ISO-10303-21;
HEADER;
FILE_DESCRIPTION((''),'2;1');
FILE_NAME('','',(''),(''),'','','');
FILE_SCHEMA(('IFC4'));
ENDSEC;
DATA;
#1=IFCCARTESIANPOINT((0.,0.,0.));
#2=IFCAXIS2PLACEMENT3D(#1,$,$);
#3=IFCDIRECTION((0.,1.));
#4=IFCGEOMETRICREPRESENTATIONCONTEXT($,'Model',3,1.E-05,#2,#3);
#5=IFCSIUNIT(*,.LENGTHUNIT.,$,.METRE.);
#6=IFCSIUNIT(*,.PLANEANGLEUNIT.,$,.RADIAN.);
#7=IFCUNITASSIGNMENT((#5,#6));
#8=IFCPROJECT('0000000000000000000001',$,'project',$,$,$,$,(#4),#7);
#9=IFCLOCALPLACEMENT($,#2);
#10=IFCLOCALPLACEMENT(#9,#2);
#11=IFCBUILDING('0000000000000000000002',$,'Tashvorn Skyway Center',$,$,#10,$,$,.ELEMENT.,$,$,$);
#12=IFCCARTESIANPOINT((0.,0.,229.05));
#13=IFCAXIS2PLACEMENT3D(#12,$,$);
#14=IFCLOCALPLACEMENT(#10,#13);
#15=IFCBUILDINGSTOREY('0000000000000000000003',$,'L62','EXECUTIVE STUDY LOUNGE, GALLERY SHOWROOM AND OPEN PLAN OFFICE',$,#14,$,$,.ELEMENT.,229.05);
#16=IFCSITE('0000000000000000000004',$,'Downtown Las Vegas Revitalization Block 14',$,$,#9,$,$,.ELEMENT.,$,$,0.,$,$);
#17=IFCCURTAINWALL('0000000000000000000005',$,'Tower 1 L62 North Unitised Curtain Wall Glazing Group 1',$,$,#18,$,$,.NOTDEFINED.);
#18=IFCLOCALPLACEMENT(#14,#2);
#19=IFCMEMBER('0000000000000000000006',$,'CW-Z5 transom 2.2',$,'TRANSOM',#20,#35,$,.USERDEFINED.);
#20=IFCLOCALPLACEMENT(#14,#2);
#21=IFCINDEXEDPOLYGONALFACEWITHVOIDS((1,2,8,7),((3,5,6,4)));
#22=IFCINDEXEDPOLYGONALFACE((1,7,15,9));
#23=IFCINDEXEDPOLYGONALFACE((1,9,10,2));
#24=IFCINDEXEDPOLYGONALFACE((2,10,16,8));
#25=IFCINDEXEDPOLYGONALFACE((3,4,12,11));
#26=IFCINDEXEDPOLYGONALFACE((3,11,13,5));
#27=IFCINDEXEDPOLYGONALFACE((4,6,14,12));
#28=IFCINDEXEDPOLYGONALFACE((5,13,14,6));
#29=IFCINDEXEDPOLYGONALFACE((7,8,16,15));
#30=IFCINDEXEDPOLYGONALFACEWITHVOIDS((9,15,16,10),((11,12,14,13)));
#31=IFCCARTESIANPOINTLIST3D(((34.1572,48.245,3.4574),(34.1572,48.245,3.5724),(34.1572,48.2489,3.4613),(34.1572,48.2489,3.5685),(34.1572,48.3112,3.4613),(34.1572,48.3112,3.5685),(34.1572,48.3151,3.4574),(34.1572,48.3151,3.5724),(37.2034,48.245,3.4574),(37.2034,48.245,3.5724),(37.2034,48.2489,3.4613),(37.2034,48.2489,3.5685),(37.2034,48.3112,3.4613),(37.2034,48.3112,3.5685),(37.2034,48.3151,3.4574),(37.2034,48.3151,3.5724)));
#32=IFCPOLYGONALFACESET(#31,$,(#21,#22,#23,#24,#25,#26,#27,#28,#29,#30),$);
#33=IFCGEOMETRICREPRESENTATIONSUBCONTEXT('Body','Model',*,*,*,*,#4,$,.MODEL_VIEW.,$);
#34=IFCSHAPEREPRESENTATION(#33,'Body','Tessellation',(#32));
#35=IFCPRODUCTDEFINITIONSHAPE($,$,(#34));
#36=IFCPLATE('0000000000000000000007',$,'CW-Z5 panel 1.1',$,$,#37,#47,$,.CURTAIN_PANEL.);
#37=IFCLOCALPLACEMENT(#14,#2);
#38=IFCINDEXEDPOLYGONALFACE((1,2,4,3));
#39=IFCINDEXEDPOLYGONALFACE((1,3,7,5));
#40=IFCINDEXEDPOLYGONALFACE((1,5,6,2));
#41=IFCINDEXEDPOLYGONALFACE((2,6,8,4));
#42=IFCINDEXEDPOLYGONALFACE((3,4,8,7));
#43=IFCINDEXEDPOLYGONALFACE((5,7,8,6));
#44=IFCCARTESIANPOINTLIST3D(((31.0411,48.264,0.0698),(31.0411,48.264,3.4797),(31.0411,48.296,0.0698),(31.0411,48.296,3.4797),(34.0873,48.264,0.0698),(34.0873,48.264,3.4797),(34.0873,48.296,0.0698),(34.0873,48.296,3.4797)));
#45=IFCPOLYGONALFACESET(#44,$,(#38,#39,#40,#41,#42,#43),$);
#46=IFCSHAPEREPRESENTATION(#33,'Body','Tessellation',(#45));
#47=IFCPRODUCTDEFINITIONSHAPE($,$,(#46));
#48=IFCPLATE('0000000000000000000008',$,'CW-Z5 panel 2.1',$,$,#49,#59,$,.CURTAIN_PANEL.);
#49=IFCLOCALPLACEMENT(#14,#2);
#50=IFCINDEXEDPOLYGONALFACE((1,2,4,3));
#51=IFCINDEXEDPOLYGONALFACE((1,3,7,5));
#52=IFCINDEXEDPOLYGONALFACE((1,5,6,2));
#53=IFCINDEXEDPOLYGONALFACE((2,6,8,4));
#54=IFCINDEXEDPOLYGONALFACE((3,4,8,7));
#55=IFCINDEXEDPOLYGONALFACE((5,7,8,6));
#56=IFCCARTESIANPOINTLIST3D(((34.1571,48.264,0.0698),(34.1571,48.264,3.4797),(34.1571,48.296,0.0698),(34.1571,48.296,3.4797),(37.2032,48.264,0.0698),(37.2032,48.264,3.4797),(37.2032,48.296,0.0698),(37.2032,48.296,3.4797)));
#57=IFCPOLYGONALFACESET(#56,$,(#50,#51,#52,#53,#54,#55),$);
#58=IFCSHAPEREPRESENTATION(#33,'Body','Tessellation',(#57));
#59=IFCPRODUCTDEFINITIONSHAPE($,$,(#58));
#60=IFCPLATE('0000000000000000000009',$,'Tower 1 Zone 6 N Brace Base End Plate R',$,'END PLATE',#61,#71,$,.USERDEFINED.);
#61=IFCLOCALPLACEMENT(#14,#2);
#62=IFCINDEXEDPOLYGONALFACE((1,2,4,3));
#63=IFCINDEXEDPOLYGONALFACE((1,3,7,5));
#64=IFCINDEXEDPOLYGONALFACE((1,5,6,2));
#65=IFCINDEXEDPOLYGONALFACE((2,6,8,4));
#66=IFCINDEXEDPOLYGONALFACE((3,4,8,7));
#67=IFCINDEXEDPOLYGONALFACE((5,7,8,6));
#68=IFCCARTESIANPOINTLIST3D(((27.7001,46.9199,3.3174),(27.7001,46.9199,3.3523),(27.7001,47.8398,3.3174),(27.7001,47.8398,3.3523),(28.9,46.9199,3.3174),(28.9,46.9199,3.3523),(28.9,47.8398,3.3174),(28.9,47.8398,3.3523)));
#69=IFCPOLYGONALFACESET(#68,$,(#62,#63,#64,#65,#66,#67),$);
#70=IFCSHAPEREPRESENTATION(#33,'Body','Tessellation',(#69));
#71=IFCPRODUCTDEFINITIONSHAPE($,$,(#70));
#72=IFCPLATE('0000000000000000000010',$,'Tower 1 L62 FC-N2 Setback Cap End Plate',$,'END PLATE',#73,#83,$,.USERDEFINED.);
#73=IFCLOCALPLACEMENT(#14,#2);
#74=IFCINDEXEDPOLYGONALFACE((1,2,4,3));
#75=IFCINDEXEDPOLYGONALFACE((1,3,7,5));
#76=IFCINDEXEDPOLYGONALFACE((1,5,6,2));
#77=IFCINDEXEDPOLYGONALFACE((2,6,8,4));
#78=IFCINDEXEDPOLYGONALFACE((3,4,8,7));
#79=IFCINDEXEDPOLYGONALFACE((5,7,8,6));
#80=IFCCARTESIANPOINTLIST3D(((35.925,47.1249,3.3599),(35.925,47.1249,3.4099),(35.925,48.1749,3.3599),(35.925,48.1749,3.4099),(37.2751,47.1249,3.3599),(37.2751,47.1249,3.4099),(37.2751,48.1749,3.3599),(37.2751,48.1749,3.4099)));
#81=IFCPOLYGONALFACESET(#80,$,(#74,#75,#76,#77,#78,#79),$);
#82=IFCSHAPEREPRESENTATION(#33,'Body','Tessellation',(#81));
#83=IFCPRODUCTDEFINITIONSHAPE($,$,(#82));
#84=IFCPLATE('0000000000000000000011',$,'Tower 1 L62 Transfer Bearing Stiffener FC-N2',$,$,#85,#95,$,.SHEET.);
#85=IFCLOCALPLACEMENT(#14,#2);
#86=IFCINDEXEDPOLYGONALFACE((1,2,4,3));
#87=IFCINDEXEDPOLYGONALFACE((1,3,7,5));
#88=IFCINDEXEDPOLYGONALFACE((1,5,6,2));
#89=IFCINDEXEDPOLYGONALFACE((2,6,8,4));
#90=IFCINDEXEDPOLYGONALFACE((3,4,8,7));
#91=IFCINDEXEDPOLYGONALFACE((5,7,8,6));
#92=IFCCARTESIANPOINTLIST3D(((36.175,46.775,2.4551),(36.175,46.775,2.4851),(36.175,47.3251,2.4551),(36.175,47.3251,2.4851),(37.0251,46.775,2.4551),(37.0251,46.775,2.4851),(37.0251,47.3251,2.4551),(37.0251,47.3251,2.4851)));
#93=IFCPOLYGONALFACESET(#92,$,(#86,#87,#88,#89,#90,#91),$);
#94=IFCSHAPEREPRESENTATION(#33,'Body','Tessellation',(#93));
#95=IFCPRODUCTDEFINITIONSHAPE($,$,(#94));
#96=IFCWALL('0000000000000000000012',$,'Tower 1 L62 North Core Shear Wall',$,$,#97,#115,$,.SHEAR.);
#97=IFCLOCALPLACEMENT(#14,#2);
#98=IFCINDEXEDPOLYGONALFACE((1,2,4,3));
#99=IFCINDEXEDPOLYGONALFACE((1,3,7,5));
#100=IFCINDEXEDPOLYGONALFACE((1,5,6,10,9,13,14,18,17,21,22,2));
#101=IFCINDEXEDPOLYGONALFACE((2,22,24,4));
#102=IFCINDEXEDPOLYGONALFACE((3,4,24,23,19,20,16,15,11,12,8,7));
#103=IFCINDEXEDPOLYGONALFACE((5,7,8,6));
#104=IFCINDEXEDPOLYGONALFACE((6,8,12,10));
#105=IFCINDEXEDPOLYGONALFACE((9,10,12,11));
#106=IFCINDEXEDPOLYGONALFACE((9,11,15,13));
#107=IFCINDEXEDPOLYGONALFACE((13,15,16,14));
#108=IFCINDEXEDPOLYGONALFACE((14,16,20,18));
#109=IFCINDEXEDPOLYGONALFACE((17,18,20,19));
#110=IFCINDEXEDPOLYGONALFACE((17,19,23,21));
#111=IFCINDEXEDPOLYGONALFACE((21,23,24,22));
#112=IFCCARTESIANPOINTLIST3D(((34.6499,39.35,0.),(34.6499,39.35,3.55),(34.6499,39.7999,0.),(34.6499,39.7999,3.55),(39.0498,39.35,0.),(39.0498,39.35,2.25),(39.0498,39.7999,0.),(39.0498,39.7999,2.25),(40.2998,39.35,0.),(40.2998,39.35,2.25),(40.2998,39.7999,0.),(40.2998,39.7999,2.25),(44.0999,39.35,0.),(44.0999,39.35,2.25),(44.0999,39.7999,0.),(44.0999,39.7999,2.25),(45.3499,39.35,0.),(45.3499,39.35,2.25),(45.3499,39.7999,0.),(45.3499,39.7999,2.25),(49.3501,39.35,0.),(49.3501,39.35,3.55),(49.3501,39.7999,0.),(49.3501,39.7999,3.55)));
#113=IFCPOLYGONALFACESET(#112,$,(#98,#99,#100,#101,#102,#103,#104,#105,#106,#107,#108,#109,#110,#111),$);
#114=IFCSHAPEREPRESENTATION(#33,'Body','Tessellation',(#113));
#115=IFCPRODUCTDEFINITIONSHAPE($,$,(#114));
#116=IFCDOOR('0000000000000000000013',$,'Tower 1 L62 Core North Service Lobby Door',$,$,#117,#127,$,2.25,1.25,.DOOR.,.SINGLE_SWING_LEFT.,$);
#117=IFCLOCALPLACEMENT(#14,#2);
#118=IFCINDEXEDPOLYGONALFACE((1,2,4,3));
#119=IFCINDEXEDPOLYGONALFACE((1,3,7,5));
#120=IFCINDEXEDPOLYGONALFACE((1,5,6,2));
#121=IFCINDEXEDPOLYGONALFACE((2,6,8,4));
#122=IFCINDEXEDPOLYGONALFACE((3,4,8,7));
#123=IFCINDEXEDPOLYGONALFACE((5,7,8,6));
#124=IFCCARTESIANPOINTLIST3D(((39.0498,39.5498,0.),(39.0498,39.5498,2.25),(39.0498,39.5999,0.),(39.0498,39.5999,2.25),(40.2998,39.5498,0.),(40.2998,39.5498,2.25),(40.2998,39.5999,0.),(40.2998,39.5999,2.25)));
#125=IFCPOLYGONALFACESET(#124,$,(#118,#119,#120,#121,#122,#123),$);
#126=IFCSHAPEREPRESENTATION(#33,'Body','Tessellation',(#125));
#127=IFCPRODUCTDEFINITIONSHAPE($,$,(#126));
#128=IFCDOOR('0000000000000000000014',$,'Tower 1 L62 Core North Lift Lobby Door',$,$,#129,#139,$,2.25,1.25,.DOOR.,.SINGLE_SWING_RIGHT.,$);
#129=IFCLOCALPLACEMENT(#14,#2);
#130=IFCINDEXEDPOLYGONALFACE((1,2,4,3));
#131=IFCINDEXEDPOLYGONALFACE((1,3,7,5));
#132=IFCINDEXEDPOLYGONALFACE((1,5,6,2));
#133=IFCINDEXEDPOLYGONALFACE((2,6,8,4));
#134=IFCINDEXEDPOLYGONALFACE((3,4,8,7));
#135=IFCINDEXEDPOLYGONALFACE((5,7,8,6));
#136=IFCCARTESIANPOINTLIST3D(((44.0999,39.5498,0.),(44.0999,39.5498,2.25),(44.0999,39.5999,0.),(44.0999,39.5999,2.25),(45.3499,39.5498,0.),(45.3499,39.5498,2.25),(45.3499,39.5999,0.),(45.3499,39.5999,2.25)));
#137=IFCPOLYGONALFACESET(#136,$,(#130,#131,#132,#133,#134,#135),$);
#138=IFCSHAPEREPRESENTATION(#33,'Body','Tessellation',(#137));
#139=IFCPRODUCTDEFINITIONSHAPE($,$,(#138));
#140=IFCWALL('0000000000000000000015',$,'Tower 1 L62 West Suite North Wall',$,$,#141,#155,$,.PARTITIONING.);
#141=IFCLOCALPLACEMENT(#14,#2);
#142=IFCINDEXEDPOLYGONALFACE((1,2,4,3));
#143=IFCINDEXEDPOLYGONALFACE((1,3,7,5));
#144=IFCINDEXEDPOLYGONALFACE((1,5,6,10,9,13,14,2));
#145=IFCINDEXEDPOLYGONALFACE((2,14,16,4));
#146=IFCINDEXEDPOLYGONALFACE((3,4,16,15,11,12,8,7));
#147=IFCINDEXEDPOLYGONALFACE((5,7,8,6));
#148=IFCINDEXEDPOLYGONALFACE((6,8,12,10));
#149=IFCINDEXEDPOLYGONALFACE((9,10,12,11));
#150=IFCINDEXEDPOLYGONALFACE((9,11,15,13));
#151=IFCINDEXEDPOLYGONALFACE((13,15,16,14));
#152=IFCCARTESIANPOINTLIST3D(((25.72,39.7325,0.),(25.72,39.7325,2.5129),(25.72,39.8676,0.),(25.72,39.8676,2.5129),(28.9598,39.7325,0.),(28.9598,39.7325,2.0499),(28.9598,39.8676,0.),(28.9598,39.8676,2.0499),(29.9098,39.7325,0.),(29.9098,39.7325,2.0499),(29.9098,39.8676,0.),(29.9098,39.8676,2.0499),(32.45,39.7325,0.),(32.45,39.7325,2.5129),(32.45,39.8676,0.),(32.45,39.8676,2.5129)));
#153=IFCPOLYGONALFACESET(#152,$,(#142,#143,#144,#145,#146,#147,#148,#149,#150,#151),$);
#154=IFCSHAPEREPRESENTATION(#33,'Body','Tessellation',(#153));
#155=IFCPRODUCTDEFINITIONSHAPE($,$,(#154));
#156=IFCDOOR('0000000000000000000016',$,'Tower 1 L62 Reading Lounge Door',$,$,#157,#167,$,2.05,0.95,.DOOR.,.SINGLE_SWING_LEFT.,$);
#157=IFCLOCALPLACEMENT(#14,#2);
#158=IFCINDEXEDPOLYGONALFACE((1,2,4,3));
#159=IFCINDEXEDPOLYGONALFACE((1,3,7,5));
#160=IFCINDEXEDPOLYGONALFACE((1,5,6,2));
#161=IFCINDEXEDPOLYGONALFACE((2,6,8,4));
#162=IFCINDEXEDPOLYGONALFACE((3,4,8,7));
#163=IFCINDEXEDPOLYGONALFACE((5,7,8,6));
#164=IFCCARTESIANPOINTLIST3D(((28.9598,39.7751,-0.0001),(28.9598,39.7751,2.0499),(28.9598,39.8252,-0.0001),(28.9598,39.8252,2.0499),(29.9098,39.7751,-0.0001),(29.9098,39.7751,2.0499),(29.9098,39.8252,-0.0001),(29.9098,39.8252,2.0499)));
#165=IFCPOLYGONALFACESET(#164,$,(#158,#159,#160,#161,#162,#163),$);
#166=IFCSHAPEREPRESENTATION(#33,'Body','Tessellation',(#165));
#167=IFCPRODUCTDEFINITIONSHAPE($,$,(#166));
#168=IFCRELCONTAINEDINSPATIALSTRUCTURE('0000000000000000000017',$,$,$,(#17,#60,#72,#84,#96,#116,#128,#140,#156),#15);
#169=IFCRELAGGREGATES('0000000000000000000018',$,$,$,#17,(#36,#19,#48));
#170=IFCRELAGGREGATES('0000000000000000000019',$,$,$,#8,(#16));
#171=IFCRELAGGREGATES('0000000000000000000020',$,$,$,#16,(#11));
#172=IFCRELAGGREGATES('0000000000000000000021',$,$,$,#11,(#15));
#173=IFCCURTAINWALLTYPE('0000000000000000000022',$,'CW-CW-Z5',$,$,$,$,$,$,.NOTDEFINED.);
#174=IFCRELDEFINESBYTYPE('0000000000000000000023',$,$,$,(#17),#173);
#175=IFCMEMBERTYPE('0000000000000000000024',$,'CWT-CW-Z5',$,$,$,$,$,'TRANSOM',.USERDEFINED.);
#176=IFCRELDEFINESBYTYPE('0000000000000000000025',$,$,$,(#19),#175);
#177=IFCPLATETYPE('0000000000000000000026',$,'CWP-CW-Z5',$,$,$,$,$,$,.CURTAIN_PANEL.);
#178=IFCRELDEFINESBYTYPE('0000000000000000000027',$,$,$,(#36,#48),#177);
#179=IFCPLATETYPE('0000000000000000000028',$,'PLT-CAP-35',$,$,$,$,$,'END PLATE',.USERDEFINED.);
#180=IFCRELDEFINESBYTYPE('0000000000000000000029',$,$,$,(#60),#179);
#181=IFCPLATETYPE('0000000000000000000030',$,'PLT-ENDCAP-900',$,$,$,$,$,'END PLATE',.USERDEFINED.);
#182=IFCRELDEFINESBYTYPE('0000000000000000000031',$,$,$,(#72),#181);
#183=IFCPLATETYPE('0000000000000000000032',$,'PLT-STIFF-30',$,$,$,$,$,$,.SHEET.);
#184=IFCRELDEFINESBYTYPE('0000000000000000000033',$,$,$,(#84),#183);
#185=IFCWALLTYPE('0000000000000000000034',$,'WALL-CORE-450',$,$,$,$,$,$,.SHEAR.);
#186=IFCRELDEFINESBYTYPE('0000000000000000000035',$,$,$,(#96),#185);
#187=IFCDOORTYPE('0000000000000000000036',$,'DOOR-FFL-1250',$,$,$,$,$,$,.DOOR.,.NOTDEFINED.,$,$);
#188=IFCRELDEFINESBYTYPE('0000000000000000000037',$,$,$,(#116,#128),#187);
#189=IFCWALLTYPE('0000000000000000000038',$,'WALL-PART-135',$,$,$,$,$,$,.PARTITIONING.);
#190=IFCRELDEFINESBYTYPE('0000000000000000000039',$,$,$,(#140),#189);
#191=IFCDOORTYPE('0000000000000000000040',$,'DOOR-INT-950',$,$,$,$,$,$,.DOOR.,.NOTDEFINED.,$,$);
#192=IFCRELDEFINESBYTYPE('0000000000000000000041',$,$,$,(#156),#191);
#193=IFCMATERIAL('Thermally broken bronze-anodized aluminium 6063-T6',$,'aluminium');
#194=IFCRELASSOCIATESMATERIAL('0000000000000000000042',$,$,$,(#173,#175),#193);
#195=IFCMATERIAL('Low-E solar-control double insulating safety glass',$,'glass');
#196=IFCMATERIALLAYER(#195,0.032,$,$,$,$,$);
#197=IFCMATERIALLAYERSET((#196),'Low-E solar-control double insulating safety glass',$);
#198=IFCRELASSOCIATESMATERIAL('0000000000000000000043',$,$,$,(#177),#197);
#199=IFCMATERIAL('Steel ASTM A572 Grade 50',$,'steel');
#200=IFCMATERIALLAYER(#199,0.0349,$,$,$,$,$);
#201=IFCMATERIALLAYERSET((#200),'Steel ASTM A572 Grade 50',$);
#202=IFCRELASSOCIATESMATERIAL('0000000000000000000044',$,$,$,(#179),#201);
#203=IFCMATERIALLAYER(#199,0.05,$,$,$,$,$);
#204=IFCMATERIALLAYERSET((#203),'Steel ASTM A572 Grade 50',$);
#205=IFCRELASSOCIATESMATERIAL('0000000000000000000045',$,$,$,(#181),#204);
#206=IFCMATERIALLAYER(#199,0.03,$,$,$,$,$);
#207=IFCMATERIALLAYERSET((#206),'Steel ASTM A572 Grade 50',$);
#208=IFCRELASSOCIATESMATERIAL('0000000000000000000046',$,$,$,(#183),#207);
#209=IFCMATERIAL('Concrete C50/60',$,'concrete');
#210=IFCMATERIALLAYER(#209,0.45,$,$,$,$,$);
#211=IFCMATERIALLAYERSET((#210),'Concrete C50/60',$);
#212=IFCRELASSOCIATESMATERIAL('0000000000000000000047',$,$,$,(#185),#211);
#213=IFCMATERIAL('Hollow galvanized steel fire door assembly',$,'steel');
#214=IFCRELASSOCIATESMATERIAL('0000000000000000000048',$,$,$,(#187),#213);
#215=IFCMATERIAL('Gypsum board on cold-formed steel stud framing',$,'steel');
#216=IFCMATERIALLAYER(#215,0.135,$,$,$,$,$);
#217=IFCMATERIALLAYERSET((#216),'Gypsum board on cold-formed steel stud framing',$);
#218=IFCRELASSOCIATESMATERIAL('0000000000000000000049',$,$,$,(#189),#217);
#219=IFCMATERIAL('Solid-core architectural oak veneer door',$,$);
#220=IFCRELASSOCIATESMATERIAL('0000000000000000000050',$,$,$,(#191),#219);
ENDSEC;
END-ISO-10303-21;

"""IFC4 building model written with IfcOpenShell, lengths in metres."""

from ifc_helpers import new_model, si_unit, direction, frame, frame_2d, origin, origin_2d, place, context, subcontext, project, spatial, rectangle, hollow_rectangle, extrude, material, layer, layer_set, material_profile, profile_set, type_object, element, fill, aggregate, save


model = new_model("IFC4")

# Units and contexts
model_context = context("Model", 3, precision=1e-05, world=origin(), true_north=direction((0.0, 1.0)))
body_context = subcontext(model_context, "Body", "Model", "MODEL_VIEW")
ifc_project = project(units=[si_unit("LENGTHUNIT", "METRE"), si_unit("PLANEANGLEUNIT", "RADIAN")], contexts=[model_context])

# Site, building, storey
site_placement = place(None, origin())
site = spatial("IfcSite", under=ifc_project, at=site_placement, Name="Downtown Las Vegas Revitalization Block 14", CompositionType="ELEMENT", RefElevation=0.0)
building_placement = place(site_placement, origin())
building = spatial("IfcBuilding", under=site, at=building_placement, Name="Tashvorn Skyway Center", CompositionType="ELEMENT")
storey_placement = place(building_placement, frame((0.0, 0.0, 229.05)))
storey = spatial("IfcBuildingStorey", under=building, at=storey_placement, Name="L62", Description="EXECUTIVE STUDY LOUNGE, GALLERY SHOWROOM AND OPEN PLAN OFFICE", CompositionType="ELEMENT", Elevation=229.05)

# Shared definitions
ifc_material_1 = material(Name="Steel ASTM A572 Grade 50", Category="steel")

# Curtain wall, member, plates
ifc_material_2 = material(Name="Thermally broken bronze-anodized aluminium 6063-T6", Category="aluminium")
curtain_wall_type = type_object("IfcCurtainWallType", Name="CW-CW-Z5", PredefinedType="NOTDEFINED", material=ifc_material_2)
curtain_wall_placement = place(storey_placement, origin())
curtain_wall = element("IfcCurtainWall", 1, at=curtain_wall_placement, inside=storey, type_object=curtain_wall_type, Name="Tower 1 L62 North Unitised Curtain Wall Glazing Group 1", PredefinedType="NOTDEFINED")
ifc_material_profile_1 = material_profile(ifc_material_2, hollow_rectangle(XDim=0.0701, YDim=0.115, WallThickness=0.0039, at=origin_2d()), Name="ALU-TRAN-70x115")
ifc_profile_set_1 = profile_set([ifc_material_profile_1], Name="Thermally broken bronze-anodized aluminium 6063-T6")
member_type_1 = type_object("IfcMemberType", Name="CWT-CW-Z5", ElementType="TRANSOM", PredefinedType="USERDEFINED", material=ifc_profile_set_1)
member_1_placement = place(storey_placement, frame((34.1572, 48.28, 3.5149), z_axis=(1.0, 0.0, 0.0), x_axis=(0.0, 1.0, 0.0)))
member_1 = element("IfcMember", 2, at=member_1_placement, type_object=member_type_1, Name="CW-Z5 transom 2.2", ObjectType="TRANSOM", PredefinedType="USERDEFINED", context=body_context, shape_type="SweptSolid", body=[
    extrude(hollow_rectangle(XDim=0.0701, YDim=0.115, WallThickness=0.0039, at=origin_2d()), origin(), (0.0, 0.0, 1.0), 3.0461),
])
ifc_material_3 = material(Name="Low-E solar-control double insulating safety glass", Category="glass")
ifc_layer_1 = layer(ifc_material_3, 0.032)
ifc_layer_set_1 = layer_set([ifc_layer_1], Name="Low-E solar-control double insulating safety glass")
plate_type_1 = type_object("IfcPlateType", Name="CWP-CW-Z5", PredefinedType="CURTAIN_PANEL", material=ifc_layer_set_1)
plate_1_placement = place(storey_placement, frame((32.5642, 48.28, 0.0698), z_axis=(0.0, 0.0, 1.0), x_axis=(1.0, 0.0, 0.0)))
plate_1 = element("IfcPlate", 3, at=plate_1_placement, type_object=plate_type_1, Name="CW-Z5 panel 1.1", PredefinedType="CURTAIN_PANEL", context=body_context, shape_type="SweptSolid", body=[
    extrude(rectangle(XDim=3.0461, YDim=0.032, at=origin_2d()), origin(), (0.0, 0.0, 1.0), 3.4099),
])
plate_2_placement = place(storey_placement, frame((35.6802, 48.28, 0.0698), z_axis=(0.0, 0.0, 1.0), x_axis=(1.0, 0.0, 0.0)))
plate_2 = element("IfcPlate", 4, at=plate_2_placement, type_object=plate_type_1, Name="CW-Z5 panel 2.1", PredefinedType="CURTAIN_PANEL", context=body_context, shape_type="SweptSolid", body=[
    extrude(rectangle(XDim=3.0461, YDim=0.032, at=origin_2d()), origin(), (0.0, 0.0, 1.0), 3.4099),
])
aggregate(curtain_wall, [plate_1, member_1, plate_2])

# Plates
ifc_layer_2 = layer(ifc_material_1, 0.0349)
ifc_layer_set_2 = layer_set([ifc_layer_2], Name="Steel ASTM A572 Grade 50")
plate_type_2 = type_object("IfcPlateType", Name="PLT-CAP-35", ElementType="END PLATE", PredefinedType="USERDEFINED", material=ifc_layer_set_2)
plate_3_placement = place(storey_placement, frame((28.3, 47.3799, 3.3174), z_axis=(0.0, 0.0, 1.0), x_axis=(-1.0, 0.0, 0.0)))
element("IfcPlate", 5, at=plate_3_placement, inside=storey, type_object=plate_type_2, Name="Tower 1 Zone 6 N Brace Base End Plate R", ObjectType="END PLATE", PredefinedType="USERDEFINED", context=body_context, shape_type="SweptSolid", body=[
    extrude(rectangle(XDim=1.2, YDim=0.9199, at=origin_2d()), origin(), (0.0, 0.0, 1.0), 0.0349),
])
ifc_layer_3 = layer(ifc_material_1, 0.05)
ifc_layer_set_3 = layer_set([ifc_layer_3], Name="Steel ASTM A572 Grade 50")
plate_type_3 = type_object("IfcPlateType", Name="PLT-ENDCAP-900", ElementType="END PLATE", PredefinedType="USERDEFINED", material=ifc_layer_set_3)
plate_4_placement = place(storey_placement, frame((36.6001, 47.6499, 3.3599), z_axis=(0.0, 0.0, 1.0), x_axis=(1.0, 0.0, 0.0)))
element("IfcPlate", 6, at=plate_4_placement, inside=storey, type_object=plate_type_3, Name="Tower 1 L62 FC-N2 Setback Cap End Plate", ObjectType="END PLATE", PredefinedType="USERDEFINED", context=body_context, shape_type="SweptSolid", body=[
    extrude(rectangle(XDim=1.3501, YDim=1.05, at=origin_2d()), origin(), (0.0, 0.0, 1.0), 0.05),
])
ifc_layer_4 = layer(ifc_material_1, 0.03)
ifc_layer_set_4 = layer_set([ifc_layer_4], Name="Steel ASTM A572 Grade 50")
plate_type_4 = type_object("IfcPlateType", Name="PLT-STIFF-30", PredefinedType="SHEET", material=ifc_layer_set_4)
plate_5_placement = place(storey_placement, frame((36.6001, 47.05, 2.4551), z_axis=(0.0, 0.0, 1.0), x_axis=(1.0, 0.0, 0.0)))
element("IfcPlate", 7, at=plate_5_placement, inside=storey, type_object=plate_type_4, Name="Tower 1 L62 Transfer Bearing Stiffener FC-N2", PredefinedType="SHEET", context=body_context, shape_type="SweptSolid", body=[
    extrude(rectangle(XDim=0.8501, YDim=0.55, at=origin_2d()), origin(), (0.0, 0.0, 1.0), 0.03),
])

# Wall, openings, doors
ifc_material_4 = material(Name="Concrete C50/60", Category="concrete")
ifc_layer_5 = layer(ifc_material_4, 0.45)
ifc_layer_set_5 = layer_set([ifc_layer_5], Name="Concrete C50/60")
wall_type_1 = type_object("IfcWallType", Name="WALL-CORE-450", PredefinedType="SHEAR", material=ifc_layer_set_5)
wall_1_placement = place(storey_placement, frame((34.6499, 39.575, 0.0), z_axis=(0.0, 0.0, 1.0), x_axis=(1.0, 0.0, 0.0)))
wall_1 = element("IfcWall", 8, at=wall_1_placement, inside=storey, type_object=wall_type_1, Name="Tower 1 L62 North Core Shear Wall", PredefinedType="SHEAR", context=body_context, shape_type="SweptSolid", body=[
    extrude(rectangle(XDim=14.7002, YDim=0.45, at=frame_2d((7.3501, 0.0))), origin(), (0.0, 0.0, 1.0), 3.55),
])
opening_1_placement = place(wall_1_placement, frame((4.3999, 0.0, 0.0)))
opening_1 = element("IfcOpeningElement", 9, at=opening_1_placement, cuts=wall_1, PredefinedType="OPENING", context=body_context, shape_type="SweptSolid", body=[
    extrude(rectangle(XDim=1.25, YDim=2.25, at=frame_2d((0.625, 1.125))), frame((0.0, 0.2349, 0.0), z_axis=(0.0, -1.0, 0.0), x_axis=(1.0, 0.0, 0.0)), (0.0, 0.0, 1.0), 0.47),
])
opening_2_placement = place(wall_1_placement, frame((9.45, 0.0, 0.0)))
opening_2 = element("IfcOpeningElement", 10, at=opening_2_placement, cuts=wall_1, PredefinedType="OPENING", context=body_context, shape_type="SweptSolid", body=[
    extrude(rectangle(XDim=1.25, YDim=2.25, at=frame_2d((0.625, 1.125))), frame((0.0, 0.2349, 0.0), z_axis=(0.0, -1.0, 0.0), x_axis=(1.0, 0.0, 0.0)), (0.0, 0.0, 1.0), 0.47),
])
ifc_material_5 = material(Name="Hollow galvanized steel fire door assembly", Category="steel")
door_type_1 = type_object("IfcDoorType", Name="DOOR-FFL-1250", OperationType="NOTDEFINED", PredefinedType="DOOR", material=ifc_material_5)
door_1_placement = place(opening_1_placement, origin())
door_1 = element("IfcDoor", 11, at=door_1_placement, inside=storey, type_object=door_type_1, Name="Tower 1 L62 Core North Service Lobby Door", OperationType="SINGLE_SWING_LEFT", OverallHeight=2.25, OverallWidth=1.25, PredefinedType="DOOR", context=body_context, shape_type="SweptSolid", body=[
    extrude(rectangle(XDim=1.25, YDim=2.25, at=frame_2d((0.625, 1.125))), frame((0.0, 0.0249, 0.0), z_axis=(0.0, -1.0, 0.0), x_axis=(1.0, 0.0, 0.0)), (0.0, 0.0, 1.0), 0.05),
])
fill(opening_1, door_1)
door_2_placement = place(opening_2_placement, origin())
door_2 = element("IfcDoor", 12, at=door_2_placement, inside=storey, type_object=door_type_1, Name="Tower 1 L62 Core North Lift Lobby Door", OperationType="SINGLE_SWING_RIGHT", OverallHeight=2.25, OverallWidth=1.25, PredefinedType="DOOR", context=body_context, shape_type="SweptSolid", body=[
    extrude(rectangle(XDim=1.25, YDim=2.25, at=frame_2d((0.625, 1.125))), frame((0.0, 0.0249, 0.0), z_axis=(0.0, -1.0, 0.0), x_axis=(1.0, 0.0, 0.0)), (0.0, 0.0, 1.0), 0.05),
])
fill(opening_2, door_2)

# Wall, opening, door
ifc_material_6 = material(Name="Gypsum board on cold-formed steel stud framing", Category="steel")
ifc_layer_6 = layer(ifc_material_6, 0.135)
ifc_layer_set_6 = layer_set([ifc_layer_6], Name="Gypsum board on cold-formed steel stud framing")
wall_type_2 = type_object("IfcWallType", Name="WALL-PART-135", PredefinedType="PARTITIONING", material=ifc_layer_set_6)
wall_2_placement = place(storey_placement, frame((32.45, 39.8, 0.0), z_axis=(0.0, 0.0, 1.0), x_axis=(-1.0, 0.0, 0.0)))
wall_2 = element("IfcWall", 13, at=wall_2_placement, inside=storey, type_object=wall_type_2, Name="Tower 1 L62 West Suite North Wall", PredefinedType="PARTITIONING", context=body_context, shape_type="SweptSolid", body=[
    extrude(rectangle(XDim=6.73, YDim=0.135, at=frame_2d((3.365, 0.0))), origin(), (0.0, 0.0, 1.0), 2.5129),
])
opening_3_placement = place(wall_2_placement, frame((2.54, 0.0, 0.0)))
opening_3 = element("IfcOpeningElement", 14, at=opening_3_placement, cuts=wall_2, PredefinedType="OPENING", context=body_context, shape_type="SweptSolid", body=[
    extrude(rectangle(XDim=0.95, YDim=2.05, at=frame_2d((0.4751, 1.0249))), frame((0.0, 0.0774, 0.0), z_axis=(0.0, -1.0, 0.0), x_axis=(1.0, 0.0, 0.0)), (0.0, 0.0, 1.0), 0.155),
])
ifc_material_7 = material(Name="Solid-core architectural oak veneer door")
door_type_2 = type_object("IfcDoorType", Name="DOOR-INT-950", OperationType="NOTDEFINED", PredefinedType="DOOR", material=ifc_material_7)
door_3_placement = place(opening_3_placement, origin())
door_3 = element("IfcDoor", 15, at=door_3_placement, inside=storey, type_object=door_type_2, Name="Tower 1 L62 Reading Lounge Door", OperationType="SINGLE_SWING_LEFT", OverallHeight=2.05, OverallWidth=0.95, PredefinedType="DOOR", context=body_context, shape_type="SweptSolid", body=[
    extrude(rectangle(XDim=0.95, YDim=2.05, at=frame_2d((0.4751, 1.0249))), frame((0.0, 0.0249, 0.0), z_axis=(0.0, -1.0, 0.0), x_axis=(1.0, 0.0, 0.0)), (0.0, 0.0, 1.0), 0.05),
])
fill(opening_3, door_3)

save(model, "model.ifc")
